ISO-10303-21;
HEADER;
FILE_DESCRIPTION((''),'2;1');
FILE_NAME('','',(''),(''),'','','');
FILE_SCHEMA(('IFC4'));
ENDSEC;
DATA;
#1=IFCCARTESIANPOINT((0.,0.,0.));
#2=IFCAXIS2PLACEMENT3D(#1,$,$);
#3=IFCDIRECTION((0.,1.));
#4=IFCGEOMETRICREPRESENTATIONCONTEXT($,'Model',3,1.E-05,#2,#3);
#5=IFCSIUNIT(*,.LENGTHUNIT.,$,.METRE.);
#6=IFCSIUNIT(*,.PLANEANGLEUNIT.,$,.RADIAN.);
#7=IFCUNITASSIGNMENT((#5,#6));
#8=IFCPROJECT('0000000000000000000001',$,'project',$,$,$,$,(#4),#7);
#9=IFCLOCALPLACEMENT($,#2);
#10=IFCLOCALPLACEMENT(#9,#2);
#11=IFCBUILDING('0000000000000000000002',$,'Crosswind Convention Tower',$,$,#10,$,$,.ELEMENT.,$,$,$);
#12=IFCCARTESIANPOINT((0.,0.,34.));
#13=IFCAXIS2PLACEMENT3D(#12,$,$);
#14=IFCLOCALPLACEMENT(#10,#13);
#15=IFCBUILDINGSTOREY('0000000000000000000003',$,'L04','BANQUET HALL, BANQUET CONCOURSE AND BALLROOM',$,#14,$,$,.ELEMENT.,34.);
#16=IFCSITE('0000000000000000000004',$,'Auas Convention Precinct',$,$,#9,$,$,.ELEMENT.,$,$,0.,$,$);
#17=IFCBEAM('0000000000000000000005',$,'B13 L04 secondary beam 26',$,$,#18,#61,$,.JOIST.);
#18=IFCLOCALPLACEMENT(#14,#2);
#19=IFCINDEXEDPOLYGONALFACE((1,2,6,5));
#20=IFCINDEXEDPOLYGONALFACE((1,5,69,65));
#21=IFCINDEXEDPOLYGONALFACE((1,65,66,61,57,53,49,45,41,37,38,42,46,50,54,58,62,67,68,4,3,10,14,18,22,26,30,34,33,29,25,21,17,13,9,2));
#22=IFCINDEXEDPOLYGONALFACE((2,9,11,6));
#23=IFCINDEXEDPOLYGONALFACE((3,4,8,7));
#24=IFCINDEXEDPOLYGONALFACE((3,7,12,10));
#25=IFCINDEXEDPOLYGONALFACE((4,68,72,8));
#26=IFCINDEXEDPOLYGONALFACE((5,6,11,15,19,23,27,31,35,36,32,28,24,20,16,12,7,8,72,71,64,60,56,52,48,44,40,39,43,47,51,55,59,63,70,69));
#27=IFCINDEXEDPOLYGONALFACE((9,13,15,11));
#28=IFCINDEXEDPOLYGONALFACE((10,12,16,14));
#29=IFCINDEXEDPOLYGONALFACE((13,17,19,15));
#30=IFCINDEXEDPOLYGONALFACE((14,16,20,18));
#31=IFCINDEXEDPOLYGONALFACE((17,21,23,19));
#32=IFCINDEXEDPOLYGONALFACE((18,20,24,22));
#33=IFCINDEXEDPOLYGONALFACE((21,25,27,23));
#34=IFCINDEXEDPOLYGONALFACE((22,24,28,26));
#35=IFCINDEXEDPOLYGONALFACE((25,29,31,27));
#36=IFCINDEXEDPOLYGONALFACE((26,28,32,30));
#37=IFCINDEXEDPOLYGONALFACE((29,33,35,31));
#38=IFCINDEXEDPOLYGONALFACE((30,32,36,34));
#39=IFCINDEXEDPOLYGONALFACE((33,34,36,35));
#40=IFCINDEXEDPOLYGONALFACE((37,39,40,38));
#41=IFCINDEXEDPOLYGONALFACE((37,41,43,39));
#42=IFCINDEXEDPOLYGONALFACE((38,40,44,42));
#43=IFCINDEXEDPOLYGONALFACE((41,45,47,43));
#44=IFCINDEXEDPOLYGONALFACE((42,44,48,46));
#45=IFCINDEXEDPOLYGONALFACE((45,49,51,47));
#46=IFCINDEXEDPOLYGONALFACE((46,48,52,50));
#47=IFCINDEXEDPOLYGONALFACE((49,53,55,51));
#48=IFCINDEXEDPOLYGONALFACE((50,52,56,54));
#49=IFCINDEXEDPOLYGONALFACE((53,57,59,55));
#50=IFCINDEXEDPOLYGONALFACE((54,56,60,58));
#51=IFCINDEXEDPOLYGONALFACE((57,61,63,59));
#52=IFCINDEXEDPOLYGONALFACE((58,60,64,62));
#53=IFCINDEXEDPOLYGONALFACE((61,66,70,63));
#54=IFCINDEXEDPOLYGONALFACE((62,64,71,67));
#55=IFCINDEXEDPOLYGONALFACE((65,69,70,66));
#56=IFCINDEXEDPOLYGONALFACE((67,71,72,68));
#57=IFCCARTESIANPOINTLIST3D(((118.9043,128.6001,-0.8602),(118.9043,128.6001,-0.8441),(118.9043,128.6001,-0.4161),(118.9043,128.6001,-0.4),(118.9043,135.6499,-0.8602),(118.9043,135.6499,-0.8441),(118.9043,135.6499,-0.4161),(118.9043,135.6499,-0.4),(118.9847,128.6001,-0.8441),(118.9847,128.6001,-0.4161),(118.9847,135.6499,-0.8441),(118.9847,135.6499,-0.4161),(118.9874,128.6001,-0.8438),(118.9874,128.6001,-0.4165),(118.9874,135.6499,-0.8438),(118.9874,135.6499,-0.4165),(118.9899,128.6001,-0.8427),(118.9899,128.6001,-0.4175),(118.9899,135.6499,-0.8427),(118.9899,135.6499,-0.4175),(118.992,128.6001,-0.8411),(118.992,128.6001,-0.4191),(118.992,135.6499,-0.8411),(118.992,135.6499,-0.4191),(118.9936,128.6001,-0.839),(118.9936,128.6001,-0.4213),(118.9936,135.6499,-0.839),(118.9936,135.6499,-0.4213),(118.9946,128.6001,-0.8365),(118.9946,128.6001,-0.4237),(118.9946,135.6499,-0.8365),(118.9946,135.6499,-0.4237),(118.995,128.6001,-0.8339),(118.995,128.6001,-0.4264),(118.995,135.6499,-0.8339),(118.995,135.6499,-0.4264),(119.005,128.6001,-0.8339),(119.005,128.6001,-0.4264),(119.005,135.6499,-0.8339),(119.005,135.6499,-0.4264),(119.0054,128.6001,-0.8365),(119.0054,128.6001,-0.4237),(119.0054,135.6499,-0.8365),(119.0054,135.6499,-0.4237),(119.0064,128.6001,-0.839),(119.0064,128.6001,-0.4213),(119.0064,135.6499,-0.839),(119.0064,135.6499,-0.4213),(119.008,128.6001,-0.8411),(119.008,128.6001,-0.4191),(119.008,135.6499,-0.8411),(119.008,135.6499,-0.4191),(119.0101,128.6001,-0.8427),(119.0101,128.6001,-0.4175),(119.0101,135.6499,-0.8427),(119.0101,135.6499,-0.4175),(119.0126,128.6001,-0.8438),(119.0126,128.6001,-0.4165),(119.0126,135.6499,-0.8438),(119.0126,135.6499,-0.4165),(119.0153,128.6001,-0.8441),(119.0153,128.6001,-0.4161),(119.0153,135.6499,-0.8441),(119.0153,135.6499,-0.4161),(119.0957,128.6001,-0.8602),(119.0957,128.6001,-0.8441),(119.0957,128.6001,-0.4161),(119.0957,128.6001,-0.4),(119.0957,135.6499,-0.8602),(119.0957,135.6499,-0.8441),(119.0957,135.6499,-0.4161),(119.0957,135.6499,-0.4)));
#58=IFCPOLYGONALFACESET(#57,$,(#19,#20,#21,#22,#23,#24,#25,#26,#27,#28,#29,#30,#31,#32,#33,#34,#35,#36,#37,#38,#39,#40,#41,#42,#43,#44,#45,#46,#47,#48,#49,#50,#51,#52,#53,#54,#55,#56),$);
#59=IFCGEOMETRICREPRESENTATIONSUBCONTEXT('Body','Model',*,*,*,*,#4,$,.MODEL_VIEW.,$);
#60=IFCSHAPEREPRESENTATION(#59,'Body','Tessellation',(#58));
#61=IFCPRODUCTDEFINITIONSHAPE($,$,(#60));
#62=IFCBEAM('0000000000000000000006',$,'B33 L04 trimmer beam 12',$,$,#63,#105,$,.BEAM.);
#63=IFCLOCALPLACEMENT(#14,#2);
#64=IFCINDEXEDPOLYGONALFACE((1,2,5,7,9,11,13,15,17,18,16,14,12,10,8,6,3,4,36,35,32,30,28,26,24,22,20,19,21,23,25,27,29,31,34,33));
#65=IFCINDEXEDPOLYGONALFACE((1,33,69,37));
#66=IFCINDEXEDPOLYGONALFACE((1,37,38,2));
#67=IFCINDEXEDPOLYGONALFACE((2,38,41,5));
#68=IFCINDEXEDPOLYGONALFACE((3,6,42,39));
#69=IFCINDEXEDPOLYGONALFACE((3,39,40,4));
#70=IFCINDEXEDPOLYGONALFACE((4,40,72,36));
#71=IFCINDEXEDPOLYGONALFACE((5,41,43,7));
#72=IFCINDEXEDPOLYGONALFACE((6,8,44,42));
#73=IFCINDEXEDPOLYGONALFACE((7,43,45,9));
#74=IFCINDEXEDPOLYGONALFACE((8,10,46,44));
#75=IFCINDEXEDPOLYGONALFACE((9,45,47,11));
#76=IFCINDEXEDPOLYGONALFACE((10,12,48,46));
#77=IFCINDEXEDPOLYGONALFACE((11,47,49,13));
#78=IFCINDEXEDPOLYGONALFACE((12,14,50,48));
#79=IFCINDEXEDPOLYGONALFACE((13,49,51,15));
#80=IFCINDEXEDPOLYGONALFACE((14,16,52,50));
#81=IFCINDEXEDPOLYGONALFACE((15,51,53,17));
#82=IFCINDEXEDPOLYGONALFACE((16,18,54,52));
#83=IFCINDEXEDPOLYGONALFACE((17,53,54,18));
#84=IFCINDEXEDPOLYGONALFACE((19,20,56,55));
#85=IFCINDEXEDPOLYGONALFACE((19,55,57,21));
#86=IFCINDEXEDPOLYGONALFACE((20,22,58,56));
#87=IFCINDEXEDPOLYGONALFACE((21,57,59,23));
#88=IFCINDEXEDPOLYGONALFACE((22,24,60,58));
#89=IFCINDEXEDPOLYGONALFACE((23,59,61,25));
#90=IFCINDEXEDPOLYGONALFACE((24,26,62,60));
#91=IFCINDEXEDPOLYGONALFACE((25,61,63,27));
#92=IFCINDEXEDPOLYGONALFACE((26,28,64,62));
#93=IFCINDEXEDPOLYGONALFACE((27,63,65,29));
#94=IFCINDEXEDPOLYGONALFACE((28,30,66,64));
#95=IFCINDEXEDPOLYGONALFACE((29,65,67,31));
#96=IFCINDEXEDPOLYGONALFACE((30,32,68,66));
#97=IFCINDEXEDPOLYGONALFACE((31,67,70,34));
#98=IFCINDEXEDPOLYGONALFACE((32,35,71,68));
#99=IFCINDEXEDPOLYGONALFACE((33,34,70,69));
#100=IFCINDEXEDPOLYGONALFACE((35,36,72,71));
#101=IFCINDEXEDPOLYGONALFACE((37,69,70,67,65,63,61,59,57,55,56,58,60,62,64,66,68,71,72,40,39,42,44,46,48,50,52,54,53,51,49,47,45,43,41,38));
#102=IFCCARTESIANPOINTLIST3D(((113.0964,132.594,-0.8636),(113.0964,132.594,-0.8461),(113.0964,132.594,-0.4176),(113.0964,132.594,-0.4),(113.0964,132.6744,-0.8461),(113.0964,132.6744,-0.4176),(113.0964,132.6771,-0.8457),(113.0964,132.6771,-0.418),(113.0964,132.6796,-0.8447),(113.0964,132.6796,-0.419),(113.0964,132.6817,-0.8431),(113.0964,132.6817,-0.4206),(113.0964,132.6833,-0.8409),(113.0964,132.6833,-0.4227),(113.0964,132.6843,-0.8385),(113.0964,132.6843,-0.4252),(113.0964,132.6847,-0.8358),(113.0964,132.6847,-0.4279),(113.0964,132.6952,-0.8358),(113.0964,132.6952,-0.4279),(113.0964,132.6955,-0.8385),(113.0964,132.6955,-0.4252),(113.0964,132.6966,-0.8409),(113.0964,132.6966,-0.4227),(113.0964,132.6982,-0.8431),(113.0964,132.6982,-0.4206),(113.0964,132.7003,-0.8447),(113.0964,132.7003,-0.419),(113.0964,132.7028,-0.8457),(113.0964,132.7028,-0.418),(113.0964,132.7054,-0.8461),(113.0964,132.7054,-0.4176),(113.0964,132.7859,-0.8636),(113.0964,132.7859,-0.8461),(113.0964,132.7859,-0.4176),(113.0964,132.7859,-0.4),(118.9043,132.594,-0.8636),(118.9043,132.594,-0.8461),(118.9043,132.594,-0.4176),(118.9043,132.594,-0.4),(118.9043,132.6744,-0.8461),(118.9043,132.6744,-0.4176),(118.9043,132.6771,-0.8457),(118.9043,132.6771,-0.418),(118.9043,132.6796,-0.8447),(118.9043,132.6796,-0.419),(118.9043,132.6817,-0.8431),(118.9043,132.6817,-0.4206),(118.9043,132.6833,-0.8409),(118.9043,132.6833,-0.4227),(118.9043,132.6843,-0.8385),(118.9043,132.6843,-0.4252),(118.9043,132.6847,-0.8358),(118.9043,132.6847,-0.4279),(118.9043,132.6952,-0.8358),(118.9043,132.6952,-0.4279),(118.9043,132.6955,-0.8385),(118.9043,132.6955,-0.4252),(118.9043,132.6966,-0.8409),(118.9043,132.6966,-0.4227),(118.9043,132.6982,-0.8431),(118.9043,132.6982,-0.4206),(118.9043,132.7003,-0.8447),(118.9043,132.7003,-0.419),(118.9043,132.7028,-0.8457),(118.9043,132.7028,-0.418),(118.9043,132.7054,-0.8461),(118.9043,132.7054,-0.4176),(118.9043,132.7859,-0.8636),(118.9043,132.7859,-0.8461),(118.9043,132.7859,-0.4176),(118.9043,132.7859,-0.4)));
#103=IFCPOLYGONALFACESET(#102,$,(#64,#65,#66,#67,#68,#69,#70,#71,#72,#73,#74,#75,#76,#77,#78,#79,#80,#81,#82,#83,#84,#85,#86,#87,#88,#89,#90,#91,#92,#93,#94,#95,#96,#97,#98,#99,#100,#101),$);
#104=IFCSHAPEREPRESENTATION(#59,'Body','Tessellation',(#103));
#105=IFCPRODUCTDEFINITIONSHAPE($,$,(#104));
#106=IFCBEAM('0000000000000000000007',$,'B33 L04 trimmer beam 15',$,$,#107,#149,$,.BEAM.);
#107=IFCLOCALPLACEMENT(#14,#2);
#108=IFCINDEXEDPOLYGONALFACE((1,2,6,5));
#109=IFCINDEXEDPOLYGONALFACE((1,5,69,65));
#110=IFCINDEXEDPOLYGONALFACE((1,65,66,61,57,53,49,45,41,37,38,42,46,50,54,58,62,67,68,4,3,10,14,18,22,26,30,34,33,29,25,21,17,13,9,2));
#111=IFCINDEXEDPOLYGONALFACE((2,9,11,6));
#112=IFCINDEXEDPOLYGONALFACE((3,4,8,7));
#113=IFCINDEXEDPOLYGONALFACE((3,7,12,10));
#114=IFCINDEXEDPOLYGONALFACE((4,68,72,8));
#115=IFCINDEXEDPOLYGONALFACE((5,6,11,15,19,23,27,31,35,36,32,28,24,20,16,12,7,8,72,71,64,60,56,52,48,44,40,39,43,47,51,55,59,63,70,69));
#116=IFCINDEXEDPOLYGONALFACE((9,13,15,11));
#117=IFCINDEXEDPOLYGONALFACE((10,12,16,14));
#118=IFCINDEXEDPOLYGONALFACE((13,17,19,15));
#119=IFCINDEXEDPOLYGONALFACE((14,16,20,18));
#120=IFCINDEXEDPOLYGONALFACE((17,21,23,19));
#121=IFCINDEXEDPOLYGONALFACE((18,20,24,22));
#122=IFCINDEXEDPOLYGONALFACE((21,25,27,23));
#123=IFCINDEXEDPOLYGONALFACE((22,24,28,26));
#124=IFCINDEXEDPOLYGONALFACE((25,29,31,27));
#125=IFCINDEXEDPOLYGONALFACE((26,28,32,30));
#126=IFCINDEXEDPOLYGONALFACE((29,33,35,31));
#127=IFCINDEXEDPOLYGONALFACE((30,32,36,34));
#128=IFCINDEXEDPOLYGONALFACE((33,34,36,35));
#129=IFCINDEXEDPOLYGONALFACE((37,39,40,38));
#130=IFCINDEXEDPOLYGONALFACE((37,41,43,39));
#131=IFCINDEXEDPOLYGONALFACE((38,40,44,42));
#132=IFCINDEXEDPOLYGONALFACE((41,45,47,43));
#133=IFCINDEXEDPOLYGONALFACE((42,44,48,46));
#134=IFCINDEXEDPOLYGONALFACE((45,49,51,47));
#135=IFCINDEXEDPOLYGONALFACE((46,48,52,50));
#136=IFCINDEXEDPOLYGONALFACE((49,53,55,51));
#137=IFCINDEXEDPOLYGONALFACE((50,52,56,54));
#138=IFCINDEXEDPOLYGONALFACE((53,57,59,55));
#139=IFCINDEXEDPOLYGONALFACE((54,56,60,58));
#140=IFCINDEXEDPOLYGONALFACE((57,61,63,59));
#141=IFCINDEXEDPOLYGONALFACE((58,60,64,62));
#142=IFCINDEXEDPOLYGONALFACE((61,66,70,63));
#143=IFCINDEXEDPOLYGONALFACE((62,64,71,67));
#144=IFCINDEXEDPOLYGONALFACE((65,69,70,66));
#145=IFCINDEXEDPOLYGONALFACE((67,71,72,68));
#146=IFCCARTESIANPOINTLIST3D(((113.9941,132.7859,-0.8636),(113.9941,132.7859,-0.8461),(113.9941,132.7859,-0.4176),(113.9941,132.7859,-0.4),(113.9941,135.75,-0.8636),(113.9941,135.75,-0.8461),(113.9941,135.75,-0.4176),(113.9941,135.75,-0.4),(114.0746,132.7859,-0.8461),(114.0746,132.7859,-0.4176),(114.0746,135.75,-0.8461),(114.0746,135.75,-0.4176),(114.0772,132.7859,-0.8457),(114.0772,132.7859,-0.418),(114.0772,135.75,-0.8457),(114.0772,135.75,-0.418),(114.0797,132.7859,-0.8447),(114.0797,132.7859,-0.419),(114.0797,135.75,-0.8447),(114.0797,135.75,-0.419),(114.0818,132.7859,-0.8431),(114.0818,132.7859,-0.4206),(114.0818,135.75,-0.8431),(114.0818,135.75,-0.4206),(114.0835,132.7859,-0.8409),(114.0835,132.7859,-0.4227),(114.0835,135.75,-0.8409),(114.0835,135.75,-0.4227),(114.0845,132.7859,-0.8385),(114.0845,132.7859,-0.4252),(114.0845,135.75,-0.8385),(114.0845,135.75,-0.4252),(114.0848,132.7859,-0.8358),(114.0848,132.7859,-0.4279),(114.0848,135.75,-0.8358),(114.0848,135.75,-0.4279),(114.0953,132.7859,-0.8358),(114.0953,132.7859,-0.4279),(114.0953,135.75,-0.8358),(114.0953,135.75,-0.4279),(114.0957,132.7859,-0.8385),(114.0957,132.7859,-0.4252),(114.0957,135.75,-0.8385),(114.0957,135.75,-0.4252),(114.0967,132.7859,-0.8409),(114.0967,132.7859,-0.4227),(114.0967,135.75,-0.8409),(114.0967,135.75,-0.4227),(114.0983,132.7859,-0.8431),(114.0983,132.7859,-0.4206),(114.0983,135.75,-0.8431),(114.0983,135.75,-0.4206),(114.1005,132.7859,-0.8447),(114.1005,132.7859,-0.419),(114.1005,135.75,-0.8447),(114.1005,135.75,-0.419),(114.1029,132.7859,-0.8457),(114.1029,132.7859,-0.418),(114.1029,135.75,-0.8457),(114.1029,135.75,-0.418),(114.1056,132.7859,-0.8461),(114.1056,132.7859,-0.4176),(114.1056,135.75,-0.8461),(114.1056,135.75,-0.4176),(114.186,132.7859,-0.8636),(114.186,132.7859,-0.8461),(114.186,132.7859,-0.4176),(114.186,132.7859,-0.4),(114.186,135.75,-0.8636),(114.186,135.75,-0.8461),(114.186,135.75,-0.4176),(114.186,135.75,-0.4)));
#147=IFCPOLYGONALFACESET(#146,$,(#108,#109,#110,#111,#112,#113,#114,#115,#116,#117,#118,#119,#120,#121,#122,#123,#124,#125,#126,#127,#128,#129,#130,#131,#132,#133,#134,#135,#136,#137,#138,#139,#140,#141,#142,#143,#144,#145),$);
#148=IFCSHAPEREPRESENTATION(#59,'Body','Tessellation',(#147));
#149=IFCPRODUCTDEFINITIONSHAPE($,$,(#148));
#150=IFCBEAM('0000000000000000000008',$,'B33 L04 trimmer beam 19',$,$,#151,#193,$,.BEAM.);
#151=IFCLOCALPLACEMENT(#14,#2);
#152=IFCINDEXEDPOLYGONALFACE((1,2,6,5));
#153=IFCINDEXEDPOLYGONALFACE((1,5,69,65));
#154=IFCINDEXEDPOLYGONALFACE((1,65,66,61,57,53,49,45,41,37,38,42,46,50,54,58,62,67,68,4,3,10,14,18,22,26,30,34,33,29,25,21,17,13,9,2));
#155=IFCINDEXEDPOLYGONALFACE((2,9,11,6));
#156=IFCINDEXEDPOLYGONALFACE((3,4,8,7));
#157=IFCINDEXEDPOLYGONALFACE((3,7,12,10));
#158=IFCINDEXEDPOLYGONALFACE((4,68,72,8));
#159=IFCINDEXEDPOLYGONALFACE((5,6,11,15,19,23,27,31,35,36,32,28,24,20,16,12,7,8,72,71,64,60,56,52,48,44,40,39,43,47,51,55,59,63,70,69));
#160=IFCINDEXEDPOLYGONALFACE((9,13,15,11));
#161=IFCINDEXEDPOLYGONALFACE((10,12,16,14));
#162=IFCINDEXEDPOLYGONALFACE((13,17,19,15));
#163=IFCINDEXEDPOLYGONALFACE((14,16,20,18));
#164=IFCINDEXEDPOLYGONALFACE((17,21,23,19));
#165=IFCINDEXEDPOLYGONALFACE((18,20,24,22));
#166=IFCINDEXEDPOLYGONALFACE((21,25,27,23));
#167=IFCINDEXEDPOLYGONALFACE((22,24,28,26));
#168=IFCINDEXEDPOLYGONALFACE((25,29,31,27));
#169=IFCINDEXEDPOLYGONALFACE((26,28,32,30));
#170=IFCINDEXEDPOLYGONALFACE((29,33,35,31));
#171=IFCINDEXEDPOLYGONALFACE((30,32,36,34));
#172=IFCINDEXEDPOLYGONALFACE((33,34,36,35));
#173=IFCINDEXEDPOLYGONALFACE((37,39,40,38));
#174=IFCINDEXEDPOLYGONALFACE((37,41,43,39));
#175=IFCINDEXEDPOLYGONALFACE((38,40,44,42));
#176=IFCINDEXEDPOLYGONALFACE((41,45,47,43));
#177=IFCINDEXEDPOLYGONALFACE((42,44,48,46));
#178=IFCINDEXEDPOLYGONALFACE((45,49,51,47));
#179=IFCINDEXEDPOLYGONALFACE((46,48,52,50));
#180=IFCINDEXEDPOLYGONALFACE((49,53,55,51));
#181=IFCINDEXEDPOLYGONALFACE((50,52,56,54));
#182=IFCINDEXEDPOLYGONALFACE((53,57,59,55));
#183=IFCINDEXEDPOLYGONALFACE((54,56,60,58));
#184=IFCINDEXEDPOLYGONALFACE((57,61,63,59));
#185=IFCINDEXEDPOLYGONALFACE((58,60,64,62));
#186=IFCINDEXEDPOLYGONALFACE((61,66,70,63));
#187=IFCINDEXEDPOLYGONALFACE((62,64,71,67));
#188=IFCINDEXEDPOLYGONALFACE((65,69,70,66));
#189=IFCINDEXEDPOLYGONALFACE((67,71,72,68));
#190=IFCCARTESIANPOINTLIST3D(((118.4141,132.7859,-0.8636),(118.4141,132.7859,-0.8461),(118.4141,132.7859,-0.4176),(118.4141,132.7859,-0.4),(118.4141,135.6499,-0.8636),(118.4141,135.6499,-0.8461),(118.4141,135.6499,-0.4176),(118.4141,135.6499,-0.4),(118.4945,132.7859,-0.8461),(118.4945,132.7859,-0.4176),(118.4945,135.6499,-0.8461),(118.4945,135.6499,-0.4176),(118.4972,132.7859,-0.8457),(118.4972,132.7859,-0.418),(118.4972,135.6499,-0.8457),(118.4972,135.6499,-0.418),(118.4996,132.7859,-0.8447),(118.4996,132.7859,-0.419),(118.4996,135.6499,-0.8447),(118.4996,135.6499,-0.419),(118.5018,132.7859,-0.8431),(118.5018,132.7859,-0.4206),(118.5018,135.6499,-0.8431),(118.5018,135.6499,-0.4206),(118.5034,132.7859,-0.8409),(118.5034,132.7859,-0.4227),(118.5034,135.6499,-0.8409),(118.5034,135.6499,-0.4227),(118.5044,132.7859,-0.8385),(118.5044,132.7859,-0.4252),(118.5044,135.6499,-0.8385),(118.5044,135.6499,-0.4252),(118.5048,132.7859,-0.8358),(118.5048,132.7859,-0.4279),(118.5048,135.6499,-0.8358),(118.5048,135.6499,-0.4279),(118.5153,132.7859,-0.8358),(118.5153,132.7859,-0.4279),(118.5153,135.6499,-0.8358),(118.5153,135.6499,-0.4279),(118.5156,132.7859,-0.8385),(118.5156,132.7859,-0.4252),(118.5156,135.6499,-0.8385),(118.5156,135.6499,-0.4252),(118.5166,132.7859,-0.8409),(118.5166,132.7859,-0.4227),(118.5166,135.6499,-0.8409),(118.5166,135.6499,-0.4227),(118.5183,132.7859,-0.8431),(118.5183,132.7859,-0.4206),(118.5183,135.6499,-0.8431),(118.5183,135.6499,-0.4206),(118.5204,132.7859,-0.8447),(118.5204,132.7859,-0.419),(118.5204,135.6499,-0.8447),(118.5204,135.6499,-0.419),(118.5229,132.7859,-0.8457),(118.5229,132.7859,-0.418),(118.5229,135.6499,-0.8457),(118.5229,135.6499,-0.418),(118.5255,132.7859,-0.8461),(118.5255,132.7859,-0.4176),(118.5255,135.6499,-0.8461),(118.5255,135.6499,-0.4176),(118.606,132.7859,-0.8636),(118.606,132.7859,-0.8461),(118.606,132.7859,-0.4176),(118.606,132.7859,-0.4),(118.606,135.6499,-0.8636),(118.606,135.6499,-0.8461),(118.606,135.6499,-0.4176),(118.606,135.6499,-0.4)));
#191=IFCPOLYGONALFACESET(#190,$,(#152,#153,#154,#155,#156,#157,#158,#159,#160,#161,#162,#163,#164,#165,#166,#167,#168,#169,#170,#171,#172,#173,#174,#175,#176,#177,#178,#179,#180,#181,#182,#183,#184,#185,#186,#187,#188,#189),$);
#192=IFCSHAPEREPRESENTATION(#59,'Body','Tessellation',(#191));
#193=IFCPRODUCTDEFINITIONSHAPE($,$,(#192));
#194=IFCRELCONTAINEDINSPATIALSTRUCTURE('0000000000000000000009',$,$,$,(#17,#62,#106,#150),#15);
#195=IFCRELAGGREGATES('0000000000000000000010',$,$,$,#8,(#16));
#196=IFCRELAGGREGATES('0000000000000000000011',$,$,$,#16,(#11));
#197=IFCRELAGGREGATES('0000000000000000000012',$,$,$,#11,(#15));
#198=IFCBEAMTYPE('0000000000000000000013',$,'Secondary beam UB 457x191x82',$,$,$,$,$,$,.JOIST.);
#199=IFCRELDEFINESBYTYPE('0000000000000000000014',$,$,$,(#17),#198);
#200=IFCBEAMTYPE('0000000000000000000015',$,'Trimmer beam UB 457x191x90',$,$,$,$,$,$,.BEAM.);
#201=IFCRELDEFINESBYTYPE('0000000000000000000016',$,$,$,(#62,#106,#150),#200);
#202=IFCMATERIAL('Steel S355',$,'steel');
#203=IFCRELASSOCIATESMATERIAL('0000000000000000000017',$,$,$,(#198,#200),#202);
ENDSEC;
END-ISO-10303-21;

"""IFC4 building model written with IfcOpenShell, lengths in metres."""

from ifc_helpers import new_model, si_unit, direction, frame, origin, origin_2d, place, context, subcontext, project, spatial, i_section, extrude, material, material_profile, profile_set, type_object, element, save


model = new_model("IFC4")

# Units and contexts
model_context = context("Model", 3, precision=1e-05, world=origin(), true_north=direction((0.0, 1.0)))
body_context = subcontext(model_context, "Body", "Model", "MODEL_VIEW")
ifc_project = project(units=[si_unit("LENGTHUNIT", "METRE"), si_unit("PLANEANGLEUNIT", "RADIAN")], contexts=[model_context])

# Site, building, storey
site_placement = place(None, origin())
site = spatial("IfcSite", under=ifc_project, at=site_placement, Name="Auas Convention Precinct", CompositionType="ELEMENT", RefElevation=0.0)
building_placement = place(site_placement, origin())
building = spatial("IfcBuilding", under=site, at=building_placement, Name="Crosswind Convention Tower", CompositionType="ELEMENT")
storey_placement = place(building_placement, frame((0.0, 0.0, 34.0)))
storey = spatial("IfcBuildingStorey", under=building, at=storey_placement, Name="L04", Description="BANQUET HALL, BANQUET CONCOURSE AND BALLROOM", CompositionType="ELEMENT", Elevation=34.0)

# Beams
ifc_material_1 = material(Name="Steel S355", Category="steel")
ifc_material_profile_1 = material_profile(ifc_material_1, i_section(OverallWidth=0.1914, OverallDepth=0.4602, WebThickness=0.01, FlangeThickness=0.0161, FilletRadius=0.0103, at=origin_2d()), Name="UB 457x191x82")
ifc_profile_set_1 = profile_set([ifc_material_profile_1], Name="Steel S355")
beam_type_1 = type_object("IfcBeamType", Name="Secondary beam UB 457x191x82", PredefinedType="JOIST", material=ifc_profile_set_1)
beam_1_placement = place(storey_placement, frame((119.0, 128.6001, -0.6301), z_axis=(0.0, 1.0, 0.0), x_axis=(-1.0, 0.0, 0.0)))
element("IfcBeam", 1, at=beam_1_placement, inside=storey, type_object=beam_type_1, Name="B13 L04 secondary beam 26", PredefinedType="JOIST", context=body_context, shape_type="SweptSolid", body=[
    extrude(i_section(OverallWidth=0.1914, OverallDepth=0.4602, WebThickness=0.01, FlangeThickness=0.0161, FilletRadius=0.0103, at=origin_2d()), origin(), (0.0, 0.0, 1.0), 7.0498),
])
ifc_material_profile_2 = material_profile(ifc_material_1, i_section(OverallWidth=0.1919, OverallDepth=0.4636, WebThickness=0.0105, FlangeThickness=0.0176, FilletRadius=0.0103, at=origin_2d()), Name="UB 457x191x90")
ifc_profile_set_2 = profile_set([ifc_material_profile_2], Name="Steel S355")
beam_type_2 = type_object("IfcBeamType", Name="Trimmer beam UB 457x191x90", PredefinedType="BEAM", material=ifc_profile_set_2)
beam_2_placement = place(storey_placement, frame((113.0964, 132.6899, -0.6318), z_axis=(1.0, 0.0, 0.0), x_axis=(0.0, 1.0, 0.0)))
element("IfcBeam", 2, at=beam_2_placement, inside=storey, type_object=beam_type_2, Name="B33 L04 trimmer beam 12", PredefinedType="BEAM", context=body_context, shape_type="SweptSolid", body=[
    extrude(i_section(OverallWidth=0.1919, OverallDepth=0.4636, WebThickness=0.0105, FlangeThickness=0.0176, FilletRadius=0.0103, at=origin_2d()), origin(), (0.0, 0.0, 1.0), 5.8079),
])
beam_3_placement = place(storey_placement, frame((114.0901, 132.7859, -0.6318), z_axis=(0.0, 1.0, 0.0), x_axis=(-1.0, 0.0, 0.0)))
element("IfcBeam", 3, at=beam_3_placement, inside=storey, type_object=beam_type_2, Name="B33 L04 trimmer beam 15", PredefinedType="BEAM", context=body_context, shape_type="SweptSolid", body=[
    extrude(i_section(OverallWidth=0.1919, OverallDepth=0.4636, WebThickness=0.0105, FlangeThickness=0.0176, FilletRadius=0.0103, at=origin_2d()), origin(), (0.0, 0.0, 1.0), 2.9641),
])
beam_4_placement = place(storey_placement, frame((118.51, 132.7859, -0.6318), z_axis=(0.0, 1.0, 0.0), x_axis=(-1.0, 0.0, 0.0)))
element("IfcBeam", 4, at=beam_4_placement, inside=storey, type_object=beam_type_2, Name="B33 L04 trimmer beam 19", PredefinedType="BEAM", context=body_context, shape_type="SweptSolid", body=[
    extrude(i_section(OverallWidth=0.1919, OverallDepth=0.4636, WebThickness=0.0105, FlangeThickness=0.0176, FilletRadius=0.0103, at=origin_2d()), origin(), (0.0, 0.0, 1.0), 2.864),
])

save(model, "model.ifc")
